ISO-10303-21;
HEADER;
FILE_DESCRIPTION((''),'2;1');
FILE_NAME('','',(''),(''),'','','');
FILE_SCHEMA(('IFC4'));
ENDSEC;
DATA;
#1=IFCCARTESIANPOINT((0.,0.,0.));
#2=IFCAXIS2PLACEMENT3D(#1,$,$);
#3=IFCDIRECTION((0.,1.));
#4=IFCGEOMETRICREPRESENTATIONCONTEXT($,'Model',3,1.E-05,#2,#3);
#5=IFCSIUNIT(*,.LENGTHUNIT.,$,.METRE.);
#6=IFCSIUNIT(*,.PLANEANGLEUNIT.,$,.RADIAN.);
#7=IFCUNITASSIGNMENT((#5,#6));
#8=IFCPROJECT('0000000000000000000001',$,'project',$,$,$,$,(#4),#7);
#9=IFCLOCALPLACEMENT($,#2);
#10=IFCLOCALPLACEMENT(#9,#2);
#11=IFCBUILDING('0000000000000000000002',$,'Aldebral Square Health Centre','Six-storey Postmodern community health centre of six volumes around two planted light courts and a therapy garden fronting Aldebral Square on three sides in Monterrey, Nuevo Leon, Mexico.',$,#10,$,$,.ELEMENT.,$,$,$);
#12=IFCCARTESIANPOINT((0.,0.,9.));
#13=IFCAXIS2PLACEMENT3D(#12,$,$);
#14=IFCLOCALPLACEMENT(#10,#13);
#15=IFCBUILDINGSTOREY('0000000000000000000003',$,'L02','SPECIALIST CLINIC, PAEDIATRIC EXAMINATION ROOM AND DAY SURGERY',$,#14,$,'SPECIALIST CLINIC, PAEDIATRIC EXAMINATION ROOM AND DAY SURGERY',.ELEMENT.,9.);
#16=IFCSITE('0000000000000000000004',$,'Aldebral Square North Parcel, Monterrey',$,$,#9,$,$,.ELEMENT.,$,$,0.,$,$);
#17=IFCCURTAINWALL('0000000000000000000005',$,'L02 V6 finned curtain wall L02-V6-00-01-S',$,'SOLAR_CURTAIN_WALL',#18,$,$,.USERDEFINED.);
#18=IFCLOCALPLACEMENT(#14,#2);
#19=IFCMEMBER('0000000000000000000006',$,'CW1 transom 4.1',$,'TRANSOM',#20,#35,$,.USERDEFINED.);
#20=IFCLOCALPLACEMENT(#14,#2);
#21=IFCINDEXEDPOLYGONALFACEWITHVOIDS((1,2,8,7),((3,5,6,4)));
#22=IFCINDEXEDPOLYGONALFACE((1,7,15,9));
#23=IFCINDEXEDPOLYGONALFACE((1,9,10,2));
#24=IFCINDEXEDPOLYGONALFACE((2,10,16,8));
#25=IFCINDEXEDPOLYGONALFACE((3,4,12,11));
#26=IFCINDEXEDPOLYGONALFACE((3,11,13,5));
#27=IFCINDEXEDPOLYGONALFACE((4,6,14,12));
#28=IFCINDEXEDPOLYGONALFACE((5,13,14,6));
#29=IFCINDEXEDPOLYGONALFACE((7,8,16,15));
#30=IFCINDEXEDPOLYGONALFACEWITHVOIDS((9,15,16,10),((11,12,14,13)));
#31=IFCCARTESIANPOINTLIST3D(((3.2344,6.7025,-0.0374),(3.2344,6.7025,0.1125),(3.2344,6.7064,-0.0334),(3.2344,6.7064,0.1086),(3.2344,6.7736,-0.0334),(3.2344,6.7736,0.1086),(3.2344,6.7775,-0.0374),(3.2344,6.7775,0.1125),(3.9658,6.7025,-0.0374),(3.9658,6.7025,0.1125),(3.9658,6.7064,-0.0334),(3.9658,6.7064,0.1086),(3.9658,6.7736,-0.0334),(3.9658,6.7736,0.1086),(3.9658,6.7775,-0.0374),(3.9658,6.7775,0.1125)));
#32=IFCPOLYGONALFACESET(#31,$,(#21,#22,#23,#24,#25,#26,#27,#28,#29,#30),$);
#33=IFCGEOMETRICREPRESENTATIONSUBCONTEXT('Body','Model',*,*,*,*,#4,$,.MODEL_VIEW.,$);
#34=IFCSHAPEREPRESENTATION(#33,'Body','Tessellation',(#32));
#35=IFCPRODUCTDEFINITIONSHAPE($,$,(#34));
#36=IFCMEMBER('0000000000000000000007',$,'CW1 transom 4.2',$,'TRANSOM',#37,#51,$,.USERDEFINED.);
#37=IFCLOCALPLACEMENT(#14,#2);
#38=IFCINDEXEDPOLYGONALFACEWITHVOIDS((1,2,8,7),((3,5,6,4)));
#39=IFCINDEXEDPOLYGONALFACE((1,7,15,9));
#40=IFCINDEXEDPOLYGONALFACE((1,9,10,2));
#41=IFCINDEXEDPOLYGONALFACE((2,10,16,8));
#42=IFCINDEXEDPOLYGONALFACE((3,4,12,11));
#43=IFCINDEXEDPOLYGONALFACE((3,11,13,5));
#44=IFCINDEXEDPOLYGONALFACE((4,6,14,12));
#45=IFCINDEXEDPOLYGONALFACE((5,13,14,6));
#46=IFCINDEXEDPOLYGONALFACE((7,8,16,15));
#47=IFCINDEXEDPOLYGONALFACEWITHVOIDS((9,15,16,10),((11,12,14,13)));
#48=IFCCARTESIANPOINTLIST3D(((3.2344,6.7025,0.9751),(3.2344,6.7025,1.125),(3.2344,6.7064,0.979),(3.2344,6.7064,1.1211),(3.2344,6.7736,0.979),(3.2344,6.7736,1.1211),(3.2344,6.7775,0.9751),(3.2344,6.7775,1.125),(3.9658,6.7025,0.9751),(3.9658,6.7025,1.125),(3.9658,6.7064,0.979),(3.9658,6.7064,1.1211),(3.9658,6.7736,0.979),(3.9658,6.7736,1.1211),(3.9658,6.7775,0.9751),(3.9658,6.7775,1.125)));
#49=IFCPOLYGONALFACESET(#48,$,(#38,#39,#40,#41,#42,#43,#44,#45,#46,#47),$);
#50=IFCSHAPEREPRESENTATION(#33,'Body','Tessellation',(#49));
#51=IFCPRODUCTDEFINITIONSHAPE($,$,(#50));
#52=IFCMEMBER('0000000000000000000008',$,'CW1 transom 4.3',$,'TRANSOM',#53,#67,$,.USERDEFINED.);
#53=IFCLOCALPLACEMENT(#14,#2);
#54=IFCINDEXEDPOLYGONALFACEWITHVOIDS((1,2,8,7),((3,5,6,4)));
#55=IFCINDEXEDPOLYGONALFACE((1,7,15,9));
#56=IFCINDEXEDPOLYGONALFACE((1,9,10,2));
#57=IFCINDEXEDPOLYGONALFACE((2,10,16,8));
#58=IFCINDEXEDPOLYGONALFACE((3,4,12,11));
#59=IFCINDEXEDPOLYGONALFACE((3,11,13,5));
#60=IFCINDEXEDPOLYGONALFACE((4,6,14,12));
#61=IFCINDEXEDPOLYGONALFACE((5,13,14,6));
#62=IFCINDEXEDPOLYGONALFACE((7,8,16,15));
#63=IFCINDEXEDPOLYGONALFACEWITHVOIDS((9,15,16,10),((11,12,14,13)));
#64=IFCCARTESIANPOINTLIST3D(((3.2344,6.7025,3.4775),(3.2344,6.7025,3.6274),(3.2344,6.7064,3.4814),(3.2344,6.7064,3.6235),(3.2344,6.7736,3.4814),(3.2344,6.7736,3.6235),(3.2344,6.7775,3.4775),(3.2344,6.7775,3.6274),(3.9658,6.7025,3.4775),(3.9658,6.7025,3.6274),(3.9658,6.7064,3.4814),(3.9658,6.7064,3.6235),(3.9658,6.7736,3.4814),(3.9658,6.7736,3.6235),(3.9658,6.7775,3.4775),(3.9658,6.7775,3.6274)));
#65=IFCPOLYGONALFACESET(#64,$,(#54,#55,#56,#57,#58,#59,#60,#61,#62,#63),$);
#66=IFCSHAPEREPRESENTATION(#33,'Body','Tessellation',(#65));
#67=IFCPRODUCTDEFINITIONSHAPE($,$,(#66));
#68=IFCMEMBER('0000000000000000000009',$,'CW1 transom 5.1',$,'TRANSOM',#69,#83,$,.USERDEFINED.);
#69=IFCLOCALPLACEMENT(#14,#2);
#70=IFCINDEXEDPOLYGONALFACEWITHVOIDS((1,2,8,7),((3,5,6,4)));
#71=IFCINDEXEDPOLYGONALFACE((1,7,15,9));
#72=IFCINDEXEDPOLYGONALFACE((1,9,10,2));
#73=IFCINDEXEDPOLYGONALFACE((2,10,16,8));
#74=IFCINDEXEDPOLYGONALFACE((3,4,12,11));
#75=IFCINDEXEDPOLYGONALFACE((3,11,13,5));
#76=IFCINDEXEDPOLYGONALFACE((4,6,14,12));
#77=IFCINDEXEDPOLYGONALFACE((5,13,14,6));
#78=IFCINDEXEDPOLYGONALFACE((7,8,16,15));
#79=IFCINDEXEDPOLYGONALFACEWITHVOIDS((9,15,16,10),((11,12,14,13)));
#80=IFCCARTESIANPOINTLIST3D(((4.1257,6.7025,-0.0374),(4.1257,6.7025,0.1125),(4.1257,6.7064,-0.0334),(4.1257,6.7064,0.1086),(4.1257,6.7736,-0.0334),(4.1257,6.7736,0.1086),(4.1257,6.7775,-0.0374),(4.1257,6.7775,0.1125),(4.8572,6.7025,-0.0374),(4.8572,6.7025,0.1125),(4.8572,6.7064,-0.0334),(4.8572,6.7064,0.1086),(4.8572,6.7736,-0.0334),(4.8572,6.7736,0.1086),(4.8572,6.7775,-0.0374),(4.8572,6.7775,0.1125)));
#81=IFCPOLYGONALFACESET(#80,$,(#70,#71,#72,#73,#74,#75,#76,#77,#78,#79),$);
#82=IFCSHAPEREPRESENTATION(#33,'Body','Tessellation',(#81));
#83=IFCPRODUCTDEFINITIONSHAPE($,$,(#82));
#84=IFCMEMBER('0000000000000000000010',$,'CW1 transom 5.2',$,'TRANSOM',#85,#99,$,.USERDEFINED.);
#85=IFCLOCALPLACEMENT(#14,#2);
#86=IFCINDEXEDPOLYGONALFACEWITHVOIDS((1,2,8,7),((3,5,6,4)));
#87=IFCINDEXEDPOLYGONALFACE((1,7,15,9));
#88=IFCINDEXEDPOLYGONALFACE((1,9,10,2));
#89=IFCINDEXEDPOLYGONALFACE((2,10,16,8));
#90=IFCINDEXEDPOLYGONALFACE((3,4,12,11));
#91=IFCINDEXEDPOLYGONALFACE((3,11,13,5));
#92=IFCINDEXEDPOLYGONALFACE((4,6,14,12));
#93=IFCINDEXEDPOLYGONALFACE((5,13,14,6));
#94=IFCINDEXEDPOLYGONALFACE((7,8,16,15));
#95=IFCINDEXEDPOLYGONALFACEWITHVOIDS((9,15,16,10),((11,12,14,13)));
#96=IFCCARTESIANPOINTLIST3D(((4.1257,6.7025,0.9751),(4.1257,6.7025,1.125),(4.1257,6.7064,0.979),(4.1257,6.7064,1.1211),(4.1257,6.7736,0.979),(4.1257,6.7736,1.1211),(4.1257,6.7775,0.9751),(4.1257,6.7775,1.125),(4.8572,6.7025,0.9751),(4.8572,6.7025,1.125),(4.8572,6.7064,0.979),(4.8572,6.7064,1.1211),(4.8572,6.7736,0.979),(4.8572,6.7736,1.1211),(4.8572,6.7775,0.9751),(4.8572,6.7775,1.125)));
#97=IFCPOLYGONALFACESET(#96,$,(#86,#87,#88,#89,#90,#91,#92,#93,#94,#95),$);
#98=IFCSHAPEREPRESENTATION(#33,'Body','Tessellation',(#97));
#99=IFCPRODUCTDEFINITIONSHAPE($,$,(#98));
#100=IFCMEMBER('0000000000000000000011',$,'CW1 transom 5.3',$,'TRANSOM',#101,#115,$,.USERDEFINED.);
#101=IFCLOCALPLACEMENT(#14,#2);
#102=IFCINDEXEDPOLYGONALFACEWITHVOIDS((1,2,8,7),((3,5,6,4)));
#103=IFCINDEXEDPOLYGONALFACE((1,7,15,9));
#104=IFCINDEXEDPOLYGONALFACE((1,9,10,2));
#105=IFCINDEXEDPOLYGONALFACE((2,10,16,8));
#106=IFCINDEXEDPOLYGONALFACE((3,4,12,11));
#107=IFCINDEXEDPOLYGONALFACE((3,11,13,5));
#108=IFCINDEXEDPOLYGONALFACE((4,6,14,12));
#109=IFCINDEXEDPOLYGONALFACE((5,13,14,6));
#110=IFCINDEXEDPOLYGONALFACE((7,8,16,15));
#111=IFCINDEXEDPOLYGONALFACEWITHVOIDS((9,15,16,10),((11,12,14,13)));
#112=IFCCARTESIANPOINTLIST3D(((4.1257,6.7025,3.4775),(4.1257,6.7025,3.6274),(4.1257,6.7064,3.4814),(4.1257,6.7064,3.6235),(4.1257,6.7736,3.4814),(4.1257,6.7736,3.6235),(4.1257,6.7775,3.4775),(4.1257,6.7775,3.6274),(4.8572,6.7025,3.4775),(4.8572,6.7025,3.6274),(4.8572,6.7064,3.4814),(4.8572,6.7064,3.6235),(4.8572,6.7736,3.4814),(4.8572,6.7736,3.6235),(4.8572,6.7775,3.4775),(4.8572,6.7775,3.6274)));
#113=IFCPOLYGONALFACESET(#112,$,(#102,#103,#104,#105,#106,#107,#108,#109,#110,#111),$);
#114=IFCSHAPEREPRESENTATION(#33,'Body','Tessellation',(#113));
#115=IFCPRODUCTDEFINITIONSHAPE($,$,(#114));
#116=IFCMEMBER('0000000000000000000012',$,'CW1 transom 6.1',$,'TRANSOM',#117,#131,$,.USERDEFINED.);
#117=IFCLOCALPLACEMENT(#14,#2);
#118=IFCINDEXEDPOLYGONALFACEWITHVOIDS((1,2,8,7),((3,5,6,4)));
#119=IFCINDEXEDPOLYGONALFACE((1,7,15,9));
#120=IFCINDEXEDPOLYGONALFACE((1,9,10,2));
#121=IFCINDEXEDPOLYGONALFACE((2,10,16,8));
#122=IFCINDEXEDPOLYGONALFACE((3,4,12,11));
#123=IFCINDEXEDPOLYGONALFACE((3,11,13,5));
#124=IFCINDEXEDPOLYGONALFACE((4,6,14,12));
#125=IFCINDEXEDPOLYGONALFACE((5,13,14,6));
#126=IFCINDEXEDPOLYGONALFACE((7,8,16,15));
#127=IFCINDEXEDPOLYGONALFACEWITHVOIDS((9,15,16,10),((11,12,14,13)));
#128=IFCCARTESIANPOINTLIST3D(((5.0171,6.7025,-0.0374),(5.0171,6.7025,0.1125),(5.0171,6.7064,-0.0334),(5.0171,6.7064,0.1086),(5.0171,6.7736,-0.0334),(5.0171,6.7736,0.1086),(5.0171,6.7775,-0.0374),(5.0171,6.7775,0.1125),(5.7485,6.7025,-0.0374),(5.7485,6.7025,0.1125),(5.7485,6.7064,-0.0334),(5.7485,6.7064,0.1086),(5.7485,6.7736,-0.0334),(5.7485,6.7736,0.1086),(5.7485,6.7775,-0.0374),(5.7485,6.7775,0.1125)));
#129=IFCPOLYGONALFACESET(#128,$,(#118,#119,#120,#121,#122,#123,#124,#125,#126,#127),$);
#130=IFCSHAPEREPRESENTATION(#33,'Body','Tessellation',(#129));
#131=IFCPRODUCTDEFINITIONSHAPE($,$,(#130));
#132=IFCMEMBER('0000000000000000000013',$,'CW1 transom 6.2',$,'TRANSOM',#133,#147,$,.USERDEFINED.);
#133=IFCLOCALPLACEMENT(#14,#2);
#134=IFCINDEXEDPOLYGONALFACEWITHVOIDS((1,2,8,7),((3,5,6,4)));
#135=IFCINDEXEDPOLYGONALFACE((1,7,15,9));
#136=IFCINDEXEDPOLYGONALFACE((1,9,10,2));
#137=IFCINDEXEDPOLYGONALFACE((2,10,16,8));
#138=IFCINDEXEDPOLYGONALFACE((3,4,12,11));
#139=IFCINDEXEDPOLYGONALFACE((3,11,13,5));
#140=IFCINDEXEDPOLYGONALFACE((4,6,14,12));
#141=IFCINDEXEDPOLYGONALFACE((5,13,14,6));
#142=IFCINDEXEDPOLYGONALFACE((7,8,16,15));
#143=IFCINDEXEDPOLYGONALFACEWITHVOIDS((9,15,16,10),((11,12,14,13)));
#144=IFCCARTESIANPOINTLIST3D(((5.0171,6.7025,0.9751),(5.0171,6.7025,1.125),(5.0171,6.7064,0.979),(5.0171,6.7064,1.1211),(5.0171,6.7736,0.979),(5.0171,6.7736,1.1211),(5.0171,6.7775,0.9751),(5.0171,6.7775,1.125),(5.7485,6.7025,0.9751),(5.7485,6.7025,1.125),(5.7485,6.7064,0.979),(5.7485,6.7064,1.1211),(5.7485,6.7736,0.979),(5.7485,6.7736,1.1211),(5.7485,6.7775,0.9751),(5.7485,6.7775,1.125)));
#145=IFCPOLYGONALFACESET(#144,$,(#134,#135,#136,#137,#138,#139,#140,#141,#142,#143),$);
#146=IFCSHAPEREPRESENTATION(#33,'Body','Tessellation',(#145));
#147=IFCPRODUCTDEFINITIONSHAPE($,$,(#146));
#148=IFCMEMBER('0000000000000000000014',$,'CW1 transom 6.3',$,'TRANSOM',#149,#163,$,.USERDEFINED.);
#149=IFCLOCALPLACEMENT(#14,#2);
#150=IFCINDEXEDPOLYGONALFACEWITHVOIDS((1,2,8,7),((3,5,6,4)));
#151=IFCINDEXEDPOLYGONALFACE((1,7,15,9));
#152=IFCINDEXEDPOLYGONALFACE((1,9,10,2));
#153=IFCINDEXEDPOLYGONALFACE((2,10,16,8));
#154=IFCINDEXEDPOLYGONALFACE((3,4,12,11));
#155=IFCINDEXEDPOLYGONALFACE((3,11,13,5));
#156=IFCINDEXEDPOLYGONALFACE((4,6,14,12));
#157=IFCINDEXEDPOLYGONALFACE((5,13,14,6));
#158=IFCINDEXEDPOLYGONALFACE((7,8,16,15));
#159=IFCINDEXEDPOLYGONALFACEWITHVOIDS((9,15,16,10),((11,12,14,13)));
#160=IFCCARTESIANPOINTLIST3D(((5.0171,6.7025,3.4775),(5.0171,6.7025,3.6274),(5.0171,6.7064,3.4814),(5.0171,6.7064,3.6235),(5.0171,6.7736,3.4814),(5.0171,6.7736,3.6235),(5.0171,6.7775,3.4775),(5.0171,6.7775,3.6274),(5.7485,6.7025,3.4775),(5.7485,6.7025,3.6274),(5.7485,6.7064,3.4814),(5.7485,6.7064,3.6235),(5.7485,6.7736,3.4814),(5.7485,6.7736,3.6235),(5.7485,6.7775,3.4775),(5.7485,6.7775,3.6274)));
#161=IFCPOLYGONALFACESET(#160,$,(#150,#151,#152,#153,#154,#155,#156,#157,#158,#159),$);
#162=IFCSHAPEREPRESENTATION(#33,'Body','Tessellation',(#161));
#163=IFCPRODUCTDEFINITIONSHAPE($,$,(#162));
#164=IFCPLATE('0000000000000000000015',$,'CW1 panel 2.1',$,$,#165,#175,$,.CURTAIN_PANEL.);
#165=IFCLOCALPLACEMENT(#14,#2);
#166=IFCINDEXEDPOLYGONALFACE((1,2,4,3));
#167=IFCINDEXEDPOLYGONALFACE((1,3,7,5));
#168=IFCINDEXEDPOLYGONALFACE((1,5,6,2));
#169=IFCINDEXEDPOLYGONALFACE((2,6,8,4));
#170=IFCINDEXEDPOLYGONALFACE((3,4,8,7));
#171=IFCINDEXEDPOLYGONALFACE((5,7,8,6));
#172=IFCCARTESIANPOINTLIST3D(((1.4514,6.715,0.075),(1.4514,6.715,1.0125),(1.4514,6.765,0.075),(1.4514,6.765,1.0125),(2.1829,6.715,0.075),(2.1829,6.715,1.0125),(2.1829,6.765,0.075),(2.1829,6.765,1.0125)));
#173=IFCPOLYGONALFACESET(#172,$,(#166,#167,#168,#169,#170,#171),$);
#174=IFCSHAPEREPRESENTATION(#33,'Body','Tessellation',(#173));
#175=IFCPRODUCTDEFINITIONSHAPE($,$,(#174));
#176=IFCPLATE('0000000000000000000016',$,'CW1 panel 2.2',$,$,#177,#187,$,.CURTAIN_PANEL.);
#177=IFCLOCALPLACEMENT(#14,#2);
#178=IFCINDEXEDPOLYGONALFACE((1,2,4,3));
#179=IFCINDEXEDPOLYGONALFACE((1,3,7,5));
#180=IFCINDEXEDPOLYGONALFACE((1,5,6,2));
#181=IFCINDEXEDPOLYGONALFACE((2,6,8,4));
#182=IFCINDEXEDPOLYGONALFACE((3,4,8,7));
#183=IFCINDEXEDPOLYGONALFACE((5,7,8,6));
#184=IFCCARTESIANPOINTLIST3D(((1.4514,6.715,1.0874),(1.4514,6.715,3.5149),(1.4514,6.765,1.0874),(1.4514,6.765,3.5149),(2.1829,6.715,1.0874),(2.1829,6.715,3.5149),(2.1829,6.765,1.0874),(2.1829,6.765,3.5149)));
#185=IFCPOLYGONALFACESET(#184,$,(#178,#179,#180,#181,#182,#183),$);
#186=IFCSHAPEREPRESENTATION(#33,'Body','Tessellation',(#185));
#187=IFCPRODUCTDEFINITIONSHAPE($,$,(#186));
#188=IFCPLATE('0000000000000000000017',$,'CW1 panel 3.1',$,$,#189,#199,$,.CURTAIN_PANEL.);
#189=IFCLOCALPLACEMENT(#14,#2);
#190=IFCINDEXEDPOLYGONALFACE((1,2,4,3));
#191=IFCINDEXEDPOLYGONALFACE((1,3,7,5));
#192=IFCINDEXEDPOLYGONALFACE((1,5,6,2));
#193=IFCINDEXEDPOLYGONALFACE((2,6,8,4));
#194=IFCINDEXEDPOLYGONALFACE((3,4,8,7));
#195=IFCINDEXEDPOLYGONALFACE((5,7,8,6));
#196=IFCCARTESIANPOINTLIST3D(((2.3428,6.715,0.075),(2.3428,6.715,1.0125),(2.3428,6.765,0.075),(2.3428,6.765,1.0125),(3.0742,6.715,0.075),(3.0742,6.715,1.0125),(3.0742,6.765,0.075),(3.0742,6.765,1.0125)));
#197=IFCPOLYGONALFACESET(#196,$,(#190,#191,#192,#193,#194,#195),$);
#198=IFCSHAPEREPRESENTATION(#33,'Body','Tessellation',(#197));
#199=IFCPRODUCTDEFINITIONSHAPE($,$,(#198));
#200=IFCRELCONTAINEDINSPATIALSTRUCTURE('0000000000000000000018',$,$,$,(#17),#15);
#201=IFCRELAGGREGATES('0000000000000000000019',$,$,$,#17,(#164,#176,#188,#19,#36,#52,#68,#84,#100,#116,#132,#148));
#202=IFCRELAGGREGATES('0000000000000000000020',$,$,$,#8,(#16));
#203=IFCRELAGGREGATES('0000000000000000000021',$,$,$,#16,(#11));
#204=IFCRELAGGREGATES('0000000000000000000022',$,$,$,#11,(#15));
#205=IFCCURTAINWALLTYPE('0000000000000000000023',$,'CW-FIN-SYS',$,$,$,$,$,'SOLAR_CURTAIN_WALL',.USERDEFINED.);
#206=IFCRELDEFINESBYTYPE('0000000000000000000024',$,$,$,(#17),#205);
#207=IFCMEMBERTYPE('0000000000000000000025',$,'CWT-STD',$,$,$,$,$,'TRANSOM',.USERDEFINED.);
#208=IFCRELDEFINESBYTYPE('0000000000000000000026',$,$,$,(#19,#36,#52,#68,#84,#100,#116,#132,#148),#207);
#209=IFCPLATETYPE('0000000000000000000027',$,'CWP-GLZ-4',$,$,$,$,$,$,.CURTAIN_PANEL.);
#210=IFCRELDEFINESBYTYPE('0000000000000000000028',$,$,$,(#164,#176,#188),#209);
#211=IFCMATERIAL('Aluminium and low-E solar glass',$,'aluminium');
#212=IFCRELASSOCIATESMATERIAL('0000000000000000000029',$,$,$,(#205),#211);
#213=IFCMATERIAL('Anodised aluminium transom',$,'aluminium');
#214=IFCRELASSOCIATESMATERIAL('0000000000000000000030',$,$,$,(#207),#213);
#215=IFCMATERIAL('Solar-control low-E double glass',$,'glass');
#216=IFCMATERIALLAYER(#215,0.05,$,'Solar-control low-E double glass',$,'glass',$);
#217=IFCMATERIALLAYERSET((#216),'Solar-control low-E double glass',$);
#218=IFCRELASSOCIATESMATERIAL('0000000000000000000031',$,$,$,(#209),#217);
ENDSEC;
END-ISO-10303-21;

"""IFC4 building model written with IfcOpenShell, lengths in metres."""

from ifc_helpers import new_model, si_unit, direction, frame, origin, origin_2d, place, context, subcontext, project, spatial, rectangle, hollow_rectangle, extrude, material, layer, layer_set, material_profile, profile_set, type_object, element, aggregate, save


model = new_model("IFC4")

# Units and contexts
model_context = context("Model", 3, precision=1e-05, world=origin(), true_north=direction((0.0, 1.0)))
body_context = subcontext(model_context, "Body", "Model", "MODEL_VIEW")
ifc_project = project(units=[si_unit("LENGTHUNIT", "METRE"), si_unit("PLANEANGLEUNIT", "RADIAN")], contexts=[model_context])

# Site, building, storey
site_placement = place(None, origin())
site = spatial("IfcSite", under=ifc_project, at=site_placement, Name="Aldebral Square North Parcel, Monterrey", CompositionType="ELEMENT", RefElevation=0.0)
building_placement = place(site_placement, origin())
building = spatial("IfcBuilding", under=site, at=building_placement, Name="Aldebral Square Health Centre", Description="Six-storey Postmodern community health centre of six volumes around two planted light courts and a therapy garden fronting Aldebral Square on three sides in Monterrey, Nuevo Leon, Mexico.", CompositionType="ELEMENT")
storey_placement = place(building_placement, frame((0.0, 0.0, 9.0)))
storey = spatial("IfcBuildingStorey", under=building, at=storey_placement, Name="L02", Description="SPECIALIST CLINIC, PAEDIATRIC EXAMINATION ROOM AND DAY SURGERY", LongName="SPECIALIST CLINIC, PAEDIATRIC EXAMINATION ROOM AND DAY SURGERY", CompositionType="ELEMENT", Elevation=9.0)

# Curtain wall, members, plates
ifc_material_1 = material(Name="Aluminium and low-E solar glass", Category="aluminium")
curtain_wall_type = type_object("IfcCurtainWallType", Name="CW-FIN-SYS", ElementType="SOLAR_CURTAIN_WALL", PredefinedType="USERDEFINED", material=ifc_material_1)
curtain_wall_placement = place(storey_placement, origin())
curtain_wall = element("IfcCurtainWall", 1, at=curtain_wall_placement, inside=storey, type_object=curtain_wall_type, Name="L02 V6 finned curtain wall L02-V6-00-01-S", ObjectType="SOLAR_CURTAIN_WALL", PredefinedType="USERDEFINED")
ifc_material_2 = material(Name="Anodised aluminium transom", Category="aluminium")
ifc_material_profile_1 = material_profile(ifc_material_2, hollow_rectangle(XDim=0.075, YDim=0.1499, WallThickness=0.0039, at=origin_2d()), Name="CWT 75x150x4")
ifc_profile_set_1 = profile_set([ifc_material_profile_1], Name="Anodised aluminium transom")
member_type_1 = type_object("IfcMemberType", Name="CWT-STD", ElementType="TRANSOM", PredefinedType="USERDEFINED", material=ifc_profile_set_1)
member_1_placement = place(storey_placement, frame((3.2344, 6.74, 0.0376), z_axis=(1.0, 0.0, 0.0), x_axis=(0.0, 1.0, 0.0)))
member_1 = element("IfcMember", 2, at=member_1_placement, type_object=member_type_1, Name="CW1 transom 4.1", ObjectType="TRANSOM", PredefinedType="USERDEFINED", context=body_context, shape_type="SweptSolid", body=[
    extrude(hollow_rectangle(XDim=0.075, YDim=0.1499, WallThickness=0.0039, at=origin_2d()), origin(), (0.0, 0.0, 1.0), 0.7314),
])
member_2_placement = place(storey_placement, frame((3.2344, 6.74, 1.05), z_axis=(1.0, 0.0, 0.0), x_axis=(0.0, 1.0, 0.0)))
member_2 = element("IfcMember", 3, at=member_2_placement, type_object=member_type_1, Name="CW1 transom 4.2", ObjectType="TRANSOM", PredefinedType="USERDEFINED", context=body_context, shape_type="SweptSolid", body=[
    extrude(hollow_rectangle(XDim=0.075, YDim=0.1499, WallThickness=0.0039, at=origin_2d()), origin(), (0.0, 0.0, 1.0), 0.7314),
])
member_3_placement = place(storey_placement, frame((3.2344, 6.74, 3.5525), z_axis=(1.0, 0.0, 0.0), x_axis=(0.0, 1.0, 0.0)))
member_3 = element("IfcMember", 4, at=member_3_placement, type_object=member_type_1, Name="CW1 transom 4.3", ObjectType="TRANSOM", PredefinedType="USERDEFINED", context=body_context, shape_type="SweptSolid", body=[
    extrude(hollow_rectangle(XDim=0.075, YDim=0.1499, WallThickness=0.0039, at=origin_2d()), origin(), (0.0, 0.0, 1.0), 0.7314),
])
member_4_placement = place(storey_placement, frame((4.1257, 6.74, 0.0376), z_axis=(1.0, 0.0, 0.0), x_axis=(0.0, 1.0, 0.0)))
member_4 = element("IfcMember", 5, at=member_4_placement, type_object=member_type_1, Name="CW1 transom 5.1", ObjectType="TRANSOM", PredefinedType="USERDEFINED", context=body_context, shape_type="SweptSolid", body=[
    extrude(hollow_rectangle(XDim=0.075, YDim=0.1499, WallThickness=0.0039, at=origin_2d()), origin(), (0.0, 0.0, 1.0), 0.7314),
])
member_5_placement = place(storey_placement, frame((4.1257, 6.74, 1.05), z_axis=(1.0, 0.0, 0.0), x_axis=(0.0, 1.0, 0.0)))
member_5 = element("IfcMember", 6, at=member_5_placement, type_object=member_type_1, Name="CW1 transom 5.2", ObjectType="TRANSOM", PredefinedType="USERDEFINED", context=body_context, shape_type="SweptSolid", body=[
    extrude(hollow_rectangle(XDim=0.075, YDim=0.1499, WallThickness=0.0039, at=origin_2d()), origin(), (0.0, 0.0, 1.0), 0.7314),
])
member_6_placement = place(storey_placement, frame((4.1257, 6.74, 3.5525), z_axis=(1.0, 0.0, 0.0), x_axis=(0.0, 1.0, 0.0)))
member_6 = element("IfcMember", 7, at=member_6_placement, type_object=member_type_1, Name="CW1 transom 5.3", ObjectType="TRANSOM", PredefinedType="USERDEFINED", context=body_context, shape_type="SweptSolid", body=[
    extrude(hollow_rectangle(XDim=0.075, YDim=0.1499, WallThickness=0.0039, at=origin_2d()), origin(), (0.0, 0.0, 1.0), 0.7314),
])
member_7_placement = place(storey_placement, frame((5.0171, 6.74, 0.0376), z_axis=(1.0, 0.0, 0.0), x_axis=(0.0, 1.0, 0.0)))
member_7 = element("IfcMember", 8, at=member_7_placement, type_object=member_type_1, Name="CW1 transom 6.1", ObjectType="TRANSOM", PredefinedType="USERDEFINED", context=body_context, shape_type="SweptSolid", body=[
    extrude(hollow_rectangle(XDim=0.075, YDim=0.1499, WallThickness=0.0039, at=origin_2d()), origin(), (0.0, 0.0, 1.0), 0.7314),
])
member_8_placement = place(storey_placement, frame((5.0171, 6.74, 1.05), z_axis=(1.0, 0.0, 0.0), x_axis=(0.0, 1.0, 0.0)))
member_8 = element("IfcMember", 9, at=member_8_placement, type_object=member_type_1, Name="CW1 transom 6.2", ObjectType="TRANSOM", PredefinedType="USERDEFINED", context=body_context, shape_type="SweptSolid", body=[
    extrude(hollow_rectangle(XDim=0.075, YDim=0.1499, WallThickness=0.0039, at=origin_2d()), origin(), (0.0, 0.0, 1.0), 0.7314),
])
member_9_placement = place(storey_placement, frame((5.0171, 6.74, 3.5525), z_axis=(1.0, 0.0, 0.0), x_axis=(0.0, 1.0, 0.0)))
member_9 = element("IfcMember", 10, at=member_9_placement, type_object=member_type_1, Name="CW1 transom 6.3", ObjectType="TRANSOM", PredefinedType="USERDEFINED", context=body_context, shape_type="SweptSolid", body=[
    extrude(hollow_rectangle(XDim=0.075, YDim=0.1499, WallThickness=0.0039, at=origin_2d()), origin(), (0.0, 0.0, 1.0), 0.7314),
])
ifc_material_3 = material(Name="Solar-control low-E double glass", Category="glass")
ifc_layer_1 = layer(ifc_material_3, 0.05, Name="Solar-control low-E double glass", Category="glass")
ifc_layer_set_1 = layer_set([ifc_layer_1], Name="Solar-control low-E double glass")
plate_type = type_object("IfcPlateType", Name="CWP-GLZ-4", PredefinedType="CURTAIN_PANEL", material=ifc_layer_set_1)
plate_1_placement = place(storey_placement, frame((1.8171, 6.74, 0.075), z_axis=(0.0, 0.0, 1.0), x_axis=(1.0, 0.0, 0.0)))
plate_1 = element("IfcPlate", 11, at=plate_1_placement, type_object=plate_type, Name="CW1 panel 2.1", PredefinedType="CURTAIN_PANEL", context=body_context, shape_type="SweptSolid", body=[
    extrude(rectangle(XDim=0.7314, YDim=0.05, at=origin_2d()), origin(), (0.0, 0.0, 1.0), 0.9375),
])
plate_2_placement = place(storey_placement, frame((1.8171, 6.74, 1.0874), z_axis=(0.0, 0.0, 1.0), x_axis=(1.0, 0.0, 0.0)))
plate_2 = element("IfcPlate", 12, at=plate_2_placement, type_object=plate_type, Name="CW1 panel 2.2", PredefinedType="CURTAIN_PANEL", context=body_context, shape_type="SweptSolid", body=[
    extrude(rectangle(XDim=0.7314, YDim=0.05, at=origin_2d()), origin(), (0.0, 0.0, 1.0), 2.4275),
])
plate_3_placement = place(storey_placement, frame((2.7085, 6.74, 0.075), z_axis=(0.0, 0.0, 1.0), x_axis=(1.0, 0.0, 0.0)))
plate_3 = element("IfcPlate", 13, at=plate_3_placement, type_object=plate_type, Name="CW1 panel 3.1", PredefinedType="CURTAIN_PANEL", context=body_context, shape_type="SweptSolid", body=[
    extrude(rectangle(XDim=0.7314, YDim=0.05, at=origin_2d()), origin(), (0.0, 0.0, 1.0), 0.9375),
])
aggregate(curtain_wall, [plate_1, plate_2, plate_3, member_1, member_2, member_3, member_4, member_5, member_6, member_7, member_8, member_9])

save(model, "model.ifc")
